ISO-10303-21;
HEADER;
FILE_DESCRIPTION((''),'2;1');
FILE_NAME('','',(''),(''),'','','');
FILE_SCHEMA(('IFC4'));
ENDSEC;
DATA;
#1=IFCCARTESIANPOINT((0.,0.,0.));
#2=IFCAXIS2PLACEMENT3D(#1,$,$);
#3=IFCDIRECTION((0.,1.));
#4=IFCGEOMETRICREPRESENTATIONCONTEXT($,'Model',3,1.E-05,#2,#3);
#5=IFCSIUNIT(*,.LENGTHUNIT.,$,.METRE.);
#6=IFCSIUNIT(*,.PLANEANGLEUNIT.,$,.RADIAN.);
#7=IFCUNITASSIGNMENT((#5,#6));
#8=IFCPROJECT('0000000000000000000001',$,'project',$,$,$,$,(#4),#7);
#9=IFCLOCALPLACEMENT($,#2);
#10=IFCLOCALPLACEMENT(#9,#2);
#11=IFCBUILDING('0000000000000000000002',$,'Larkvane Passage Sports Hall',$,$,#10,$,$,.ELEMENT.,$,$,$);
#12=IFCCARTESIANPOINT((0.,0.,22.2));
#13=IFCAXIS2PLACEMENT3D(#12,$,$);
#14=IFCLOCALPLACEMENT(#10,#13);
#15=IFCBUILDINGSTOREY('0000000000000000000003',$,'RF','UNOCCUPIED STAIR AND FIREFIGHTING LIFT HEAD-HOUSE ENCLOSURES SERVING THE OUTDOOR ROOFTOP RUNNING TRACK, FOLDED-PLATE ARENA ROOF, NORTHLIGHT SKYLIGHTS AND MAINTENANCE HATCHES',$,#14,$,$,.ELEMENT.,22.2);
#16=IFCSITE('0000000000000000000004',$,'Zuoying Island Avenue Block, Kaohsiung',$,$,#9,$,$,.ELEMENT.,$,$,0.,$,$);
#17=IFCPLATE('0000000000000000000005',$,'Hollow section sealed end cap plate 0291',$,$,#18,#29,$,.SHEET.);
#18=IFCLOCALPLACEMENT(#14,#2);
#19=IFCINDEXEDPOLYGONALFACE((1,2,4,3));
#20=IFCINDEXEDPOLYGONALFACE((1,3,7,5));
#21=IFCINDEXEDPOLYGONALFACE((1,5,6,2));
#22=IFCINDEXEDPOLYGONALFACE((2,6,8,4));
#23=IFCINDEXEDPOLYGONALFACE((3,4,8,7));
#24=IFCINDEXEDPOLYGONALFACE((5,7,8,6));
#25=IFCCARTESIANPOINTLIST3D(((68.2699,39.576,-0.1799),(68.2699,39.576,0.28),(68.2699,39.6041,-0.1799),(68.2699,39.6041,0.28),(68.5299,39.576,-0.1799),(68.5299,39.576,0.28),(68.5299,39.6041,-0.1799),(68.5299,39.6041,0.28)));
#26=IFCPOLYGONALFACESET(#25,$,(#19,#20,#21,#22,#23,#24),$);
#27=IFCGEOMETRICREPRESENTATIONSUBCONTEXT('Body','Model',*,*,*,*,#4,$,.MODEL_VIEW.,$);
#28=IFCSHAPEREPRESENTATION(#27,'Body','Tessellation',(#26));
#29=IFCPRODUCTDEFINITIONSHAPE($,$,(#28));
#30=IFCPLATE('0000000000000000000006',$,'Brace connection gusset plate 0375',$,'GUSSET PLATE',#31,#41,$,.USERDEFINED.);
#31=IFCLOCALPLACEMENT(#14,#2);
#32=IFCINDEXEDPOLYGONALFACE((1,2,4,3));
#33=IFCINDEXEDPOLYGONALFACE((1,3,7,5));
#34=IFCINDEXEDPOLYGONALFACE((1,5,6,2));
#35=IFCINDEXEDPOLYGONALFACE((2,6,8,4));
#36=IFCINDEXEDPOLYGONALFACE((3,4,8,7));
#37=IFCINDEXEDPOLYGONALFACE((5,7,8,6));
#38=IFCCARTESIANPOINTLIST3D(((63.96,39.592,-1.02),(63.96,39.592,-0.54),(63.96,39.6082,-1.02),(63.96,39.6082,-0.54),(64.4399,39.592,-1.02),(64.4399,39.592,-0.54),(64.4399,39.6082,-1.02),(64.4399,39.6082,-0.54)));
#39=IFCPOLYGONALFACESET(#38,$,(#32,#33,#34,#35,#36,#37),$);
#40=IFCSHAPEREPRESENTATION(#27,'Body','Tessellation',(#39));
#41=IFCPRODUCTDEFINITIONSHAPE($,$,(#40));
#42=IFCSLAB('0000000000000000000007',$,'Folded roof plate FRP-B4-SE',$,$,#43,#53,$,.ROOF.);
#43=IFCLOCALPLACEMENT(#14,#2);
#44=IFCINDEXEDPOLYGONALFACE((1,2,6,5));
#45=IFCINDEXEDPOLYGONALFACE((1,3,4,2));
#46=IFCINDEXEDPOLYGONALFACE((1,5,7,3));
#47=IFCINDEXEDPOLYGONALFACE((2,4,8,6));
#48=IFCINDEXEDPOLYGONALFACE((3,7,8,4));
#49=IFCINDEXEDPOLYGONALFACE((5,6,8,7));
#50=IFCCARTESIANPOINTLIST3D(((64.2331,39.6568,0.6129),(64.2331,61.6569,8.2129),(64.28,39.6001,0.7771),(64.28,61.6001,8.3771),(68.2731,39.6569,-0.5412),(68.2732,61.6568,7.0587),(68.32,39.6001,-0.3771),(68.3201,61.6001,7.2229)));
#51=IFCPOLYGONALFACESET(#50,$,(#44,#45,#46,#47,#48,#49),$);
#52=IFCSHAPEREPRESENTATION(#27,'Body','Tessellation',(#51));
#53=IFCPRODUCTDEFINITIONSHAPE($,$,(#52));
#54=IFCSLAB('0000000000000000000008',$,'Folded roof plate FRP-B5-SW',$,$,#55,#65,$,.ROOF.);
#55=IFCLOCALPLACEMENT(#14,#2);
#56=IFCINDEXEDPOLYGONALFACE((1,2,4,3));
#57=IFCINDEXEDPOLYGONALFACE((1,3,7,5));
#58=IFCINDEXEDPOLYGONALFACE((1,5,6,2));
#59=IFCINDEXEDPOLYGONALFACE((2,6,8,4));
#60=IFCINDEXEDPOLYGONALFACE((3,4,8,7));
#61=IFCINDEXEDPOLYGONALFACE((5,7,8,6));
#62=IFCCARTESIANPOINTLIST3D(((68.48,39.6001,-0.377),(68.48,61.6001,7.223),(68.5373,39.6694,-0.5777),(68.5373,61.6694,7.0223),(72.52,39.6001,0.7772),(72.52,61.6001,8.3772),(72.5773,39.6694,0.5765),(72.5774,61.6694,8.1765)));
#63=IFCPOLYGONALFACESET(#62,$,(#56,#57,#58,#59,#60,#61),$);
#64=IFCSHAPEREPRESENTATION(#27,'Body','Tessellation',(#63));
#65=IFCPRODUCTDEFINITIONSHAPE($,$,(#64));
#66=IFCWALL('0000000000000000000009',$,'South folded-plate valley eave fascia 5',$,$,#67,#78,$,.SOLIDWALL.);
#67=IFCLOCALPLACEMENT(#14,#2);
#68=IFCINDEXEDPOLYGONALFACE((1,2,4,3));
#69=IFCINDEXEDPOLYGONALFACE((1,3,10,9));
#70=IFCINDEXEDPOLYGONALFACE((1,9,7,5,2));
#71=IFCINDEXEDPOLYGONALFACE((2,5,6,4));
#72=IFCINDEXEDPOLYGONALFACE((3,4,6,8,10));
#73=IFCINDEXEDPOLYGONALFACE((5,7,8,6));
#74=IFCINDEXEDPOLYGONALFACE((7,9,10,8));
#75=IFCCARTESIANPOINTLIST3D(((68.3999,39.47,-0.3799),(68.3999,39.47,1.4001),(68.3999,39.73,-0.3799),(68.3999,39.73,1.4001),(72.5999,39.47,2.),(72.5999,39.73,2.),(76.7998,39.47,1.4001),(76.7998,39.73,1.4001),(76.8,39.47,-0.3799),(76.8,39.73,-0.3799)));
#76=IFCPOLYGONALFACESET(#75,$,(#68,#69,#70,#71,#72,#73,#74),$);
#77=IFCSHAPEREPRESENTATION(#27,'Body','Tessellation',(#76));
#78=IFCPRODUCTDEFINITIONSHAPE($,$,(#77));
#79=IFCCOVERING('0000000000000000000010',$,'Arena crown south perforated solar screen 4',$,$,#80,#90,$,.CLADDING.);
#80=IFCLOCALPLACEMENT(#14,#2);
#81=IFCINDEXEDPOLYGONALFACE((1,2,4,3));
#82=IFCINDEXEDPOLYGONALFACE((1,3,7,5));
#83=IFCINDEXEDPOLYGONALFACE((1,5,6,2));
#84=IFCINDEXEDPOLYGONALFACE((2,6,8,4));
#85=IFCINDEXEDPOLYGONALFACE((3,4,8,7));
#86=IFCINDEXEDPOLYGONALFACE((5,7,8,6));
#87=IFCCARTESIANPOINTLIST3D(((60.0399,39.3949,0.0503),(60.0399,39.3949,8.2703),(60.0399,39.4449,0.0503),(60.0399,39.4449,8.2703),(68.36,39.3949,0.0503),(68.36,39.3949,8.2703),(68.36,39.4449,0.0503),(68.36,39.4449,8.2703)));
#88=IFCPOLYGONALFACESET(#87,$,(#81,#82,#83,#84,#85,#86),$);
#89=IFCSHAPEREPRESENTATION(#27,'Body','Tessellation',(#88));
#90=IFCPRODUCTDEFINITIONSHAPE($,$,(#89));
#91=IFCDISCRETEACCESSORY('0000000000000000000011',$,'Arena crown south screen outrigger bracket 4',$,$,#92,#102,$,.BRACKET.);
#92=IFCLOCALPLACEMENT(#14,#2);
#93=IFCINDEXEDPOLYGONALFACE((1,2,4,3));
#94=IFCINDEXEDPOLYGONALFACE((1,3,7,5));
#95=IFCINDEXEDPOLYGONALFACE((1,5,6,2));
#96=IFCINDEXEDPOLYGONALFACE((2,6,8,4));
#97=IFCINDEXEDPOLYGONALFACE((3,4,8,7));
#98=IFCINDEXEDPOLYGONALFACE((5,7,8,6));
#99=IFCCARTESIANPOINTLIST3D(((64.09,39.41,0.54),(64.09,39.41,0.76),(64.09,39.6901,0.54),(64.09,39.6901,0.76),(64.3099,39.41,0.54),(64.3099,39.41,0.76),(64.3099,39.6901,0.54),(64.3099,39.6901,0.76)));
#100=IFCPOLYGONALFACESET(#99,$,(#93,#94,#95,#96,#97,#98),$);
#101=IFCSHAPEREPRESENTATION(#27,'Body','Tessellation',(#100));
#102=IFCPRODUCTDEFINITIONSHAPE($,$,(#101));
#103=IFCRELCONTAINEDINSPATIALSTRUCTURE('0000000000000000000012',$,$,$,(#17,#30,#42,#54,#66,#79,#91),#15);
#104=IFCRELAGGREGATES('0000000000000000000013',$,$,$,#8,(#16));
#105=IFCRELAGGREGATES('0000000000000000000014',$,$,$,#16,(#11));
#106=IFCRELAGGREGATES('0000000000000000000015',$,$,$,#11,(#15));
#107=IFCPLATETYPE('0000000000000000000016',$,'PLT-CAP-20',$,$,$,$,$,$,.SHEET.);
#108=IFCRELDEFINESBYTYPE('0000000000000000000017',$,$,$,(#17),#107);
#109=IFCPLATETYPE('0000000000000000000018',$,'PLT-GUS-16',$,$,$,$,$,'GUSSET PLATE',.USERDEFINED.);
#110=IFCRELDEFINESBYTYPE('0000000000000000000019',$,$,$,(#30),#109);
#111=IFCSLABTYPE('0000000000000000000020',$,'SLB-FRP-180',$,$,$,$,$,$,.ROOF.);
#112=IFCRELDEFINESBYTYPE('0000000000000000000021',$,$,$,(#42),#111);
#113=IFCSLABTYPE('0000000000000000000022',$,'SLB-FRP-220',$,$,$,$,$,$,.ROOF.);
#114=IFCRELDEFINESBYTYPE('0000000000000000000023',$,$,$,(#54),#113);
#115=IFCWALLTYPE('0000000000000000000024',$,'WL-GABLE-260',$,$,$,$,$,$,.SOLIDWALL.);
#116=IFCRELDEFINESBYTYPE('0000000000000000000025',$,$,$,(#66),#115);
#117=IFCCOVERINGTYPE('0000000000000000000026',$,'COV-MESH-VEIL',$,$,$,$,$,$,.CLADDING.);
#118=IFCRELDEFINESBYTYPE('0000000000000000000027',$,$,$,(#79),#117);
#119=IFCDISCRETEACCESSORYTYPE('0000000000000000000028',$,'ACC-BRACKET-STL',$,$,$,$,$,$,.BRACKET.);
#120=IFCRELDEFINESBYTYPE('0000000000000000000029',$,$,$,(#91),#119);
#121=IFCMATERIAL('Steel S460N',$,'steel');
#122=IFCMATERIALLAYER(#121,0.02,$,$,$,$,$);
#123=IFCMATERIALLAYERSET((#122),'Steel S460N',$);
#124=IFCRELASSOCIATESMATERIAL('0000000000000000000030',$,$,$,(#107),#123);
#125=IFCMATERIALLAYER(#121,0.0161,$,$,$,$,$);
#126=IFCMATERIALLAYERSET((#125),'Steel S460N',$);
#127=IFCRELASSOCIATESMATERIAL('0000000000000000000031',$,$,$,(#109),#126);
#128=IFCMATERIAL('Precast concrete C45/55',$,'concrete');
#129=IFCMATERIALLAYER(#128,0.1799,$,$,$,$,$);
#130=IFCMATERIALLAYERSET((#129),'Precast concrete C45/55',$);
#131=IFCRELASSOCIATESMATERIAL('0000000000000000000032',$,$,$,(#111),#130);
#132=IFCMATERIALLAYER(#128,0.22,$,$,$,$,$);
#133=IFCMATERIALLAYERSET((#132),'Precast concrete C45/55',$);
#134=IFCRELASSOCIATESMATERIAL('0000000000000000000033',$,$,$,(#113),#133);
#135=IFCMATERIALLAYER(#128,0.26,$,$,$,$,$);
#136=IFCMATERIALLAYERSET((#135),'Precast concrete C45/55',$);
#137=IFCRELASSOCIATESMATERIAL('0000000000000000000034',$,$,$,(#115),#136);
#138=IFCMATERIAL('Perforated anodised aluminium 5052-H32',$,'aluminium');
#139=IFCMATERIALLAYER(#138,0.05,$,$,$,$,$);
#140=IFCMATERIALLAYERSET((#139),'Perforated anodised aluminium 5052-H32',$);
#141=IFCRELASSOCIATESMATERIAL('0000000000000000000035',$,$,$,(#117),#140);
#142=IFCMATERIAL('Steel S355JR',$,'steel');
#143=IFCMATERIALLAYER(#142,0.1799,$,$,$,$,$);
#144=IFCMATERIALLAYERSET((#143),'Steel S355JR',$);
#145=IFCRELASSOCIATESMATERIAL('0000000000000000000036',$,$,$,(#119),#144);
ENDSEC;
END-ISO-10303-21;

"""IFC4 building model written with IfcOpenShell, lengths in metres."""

from ifc_helpers import new_model, si_unit, direction, frame, origin, origin_2d, place, context, subcontext, project, spatial, polyline, rectangle, outline, extrude, material, layer, layer_set, type_object, element, save


model = new_model("IFC4")

# Units and contexts
model_context = context("Model", 3, precision=1e-05, world=origin(), true_north=direction((0.0, 1.0)))
body_context = subcontext(model_context, "Body", "Model", "MODEL_VIEW")
ifc_project = project(units=[si_unit("LENGTHUNIT", "METRE"), si_unit("PLANEANGLEUNIT", "RADIAN")], contexts=[model_context])

# Site, building, storey
site_placement = place(None, origin())
site = spatial("IfcSite", under=ifc_project, at=site_placement, Name="Zuoying Island Avenue Block, Kaohsiung", CompositionType="ELEMENT", RefElevation=0.0)
building_placement = place(site_placement, origin())
building = spatial("IfcBuilding", under=site, at=building_placement, Name="Larkvane Passage Sports Hall", CompositionType="ELEMENT")
storey_placement = place(building_placement, frame((0.0, 0.0, 22.2)))
storey = spatial("IfcBuildingStorey", under=building, at=storey_placement, Name="RF", Description="UNOCCUPIED STAIR AND FIREFIGHTING LIFT HEAD-HOUSE ENCLOSURES SERVING THE OUTDOOR ROOFTOP RUNNING TRACK, FOLDED-PLATE ARENA ROOF, NORTHLIGHT SKYLIGHTS AND MAINTENANCE HATCHES", CompositionType="ELEMENT", Elevation=22.2)

# Shared definitions
ifc_material_1 = material(Name="Steel S355JR", Category="steel")

# Shared definitions
ifc_material_2 = material(Name="Steel S460N", Category="steel")

# Plates
ifc_layer_1 = layer(ifc_material_2, 0.02)
ifc_layer_set_1 = layer_set([ifc_layer_1], Name="Steel S460N")
plate_type_1 = type_object("IfcPlateType", Name="PLT-CAP-20", PredefinedType="SHEET", material=ifc_layer_set_1)
plate_1_placement = place(storey_placement, frame((68.3999, 39.5901, -0.1799), z_axis=(0.0, 0.0, 1.0), x_axis=(-1.0, 0.0, 0.0)))
element("IfcPlate", 1, at=plate_1_placement, inside=storey, type_object=plate_type_1, Name="Hollow section sealed end cap plate 0291", PredefinedType="SHEET", context=body_context, shape_type="SweptSolid", body=[
    extrude(rectangle(XDim=0.26, YDim=0.0281, at=origin_2d()), origin(), (0.0, 0.0, 1.0), 0.46),
])
ifc_layer_2 = layer(ifc_material_2, 0.0161)
ifc_layer_set_2 = layer_set([ifc_layer_2], Name="Steel S460N")
plate_type_2 = type_object("IfcPlateType", Name="PLT-GUS-16", ElementType="GUSSET PLATE", PredefinedType="USERDEFINED", material=ifc_layer_set_2)
plate_2_placement = place(storey_placement, frame((64.2, 39.6001, -1.02), z_axis=(0.0, 0.0, 1.0), x_axis=(1.0, 0.0, 0.0)))
element("IfcPlate", 2, at=plate_2_placement, inside=storey, type_object=plate_type_2, Name="Brace connection gusset plate 0375", ObjectType="GUSSET PLATE", PredefinedType="USERDEFINED", context=body_context, shape_type="SweptSolid", body=[
    extrude(rectangle(XDim=0.48, YDim=0.0161, at=origin_2d()), origin(), (0.0, 0.0, 1.0), 0.48),
])

# Slabs
ifc_material_3 = material(Name="Precast concrete C45/55", Category="concrete")
ifc_layer_3 = layer(ifc_material_3, 0.1799)
ifc_layer_set_3 = layer_set([ifc_layer_3], Name="Precast concrete C45/55")
slab_type_1 = type_object("IfcSlabType", Name="SLB-FRP-180", PredefinedType="ROOF", material=ifc_layer_set_3)
slab_1_placement = place(storey_placement, frame((64.28, 39.6001, 0.7771), z_axis=(0.260689, -0.315229, 0.912508), x_axis=(0.961532, 0.000008, -0.274692)))
element("IfcSlab", 3, at=slab_1_placement, inside=storey, type_object=slab_type_1, Name="Folded roof plate FRP-B4-SE", PredefinedType="ROOF", context=body_context, shape_type="SweptSolid", body=[
    extrude(outline(polyline([(0.0, 0.0), (4.2016, 0.0), (2.1142, 23.1819), (-2.0875, 23.182), (0.0, 0.0)])), origin(), (0.0, 0.0, -1.0), 0.1799),
])
ifc_layer_4 = layer(ifc_material_3, 0.22)
ifc_layer_set_4 = layer_set([ifc_layer_4], Name="Precast concrete C45/55")
slab_type_2 = type_object("IfcSlabType", Name="SLB-FRP-220", PredefinedType="ROOF", material=ifc_layer_set_4)
slab_2_placement = place(storey_placement, frame((68.48, 39.6001, -0.377), z_axis=(-0.260689, -0.315229, 0.912508), x_axis=(0.961532, -0.000008, 0.274692)))
element("IfcSlab", 4, at=slab_2_placement, inside=storey, type_object=slab_type_2, Name="Folded roof plate FRP-B5-SW", PredefinedType="ROOF", context=body_context, shape_type="SweptSolid", body=[
    extrude(outline(polyline([(0.0, 0.0), (4.2016, 0.0), (6.2891, 23.182), (2.0874, 23.1819), (0.0, 0.0)])), origin(), (0.0, 0.0, -1.0), 0.22),
])

# Wall
ifc_layer_5 = layer(ifc_material_3, 0.26)
ifc_layer_set_5 = layer_set([ifc_layer_5], Name="Precast concrete C45/55")
wall_type = type_object("IfcWallType", Name="WL-GABLE-260", PredefinedType="SOLIDWALL", material=ifc_layer_set_5)
wall_placement = place(storey_placement, frame((68.3999, 39.6001, -0.3799), z_axis=(0.0, 0.0, 1.0), x_axis=(1.0, 0.0, 0.0)))
element("IfcWall", 5, at=wall_placement, inside=storey, type_object=wall_type, Name="South folded-plate valley eave fascia 5", PredefinedType="SOLIDWALL", context=body_context, shape_type="SweptSolid", body=[
    extrude(outline(polyline([(0.0, 0.0), (8.4001, 0.0), (8.3999, 1.78), (4.2, 2.3799), (0.0, 1.78), (0.0, 0.0)])), frame((0.0, 0.1299, 0.0), z_axis=(0.0, -1.0, 0.0), x_axis=(1.0, 0.0, 0.0)), (0.0, 0.0, 1.0), 0.26),
])

# Covering
ifc_material_4 = material(Name="Perforated anodised aluminium 5052-H32", Category="aluminium")
ifc_layer_6 = layer(ifc_material_4, 0.05)
ifc_layer_set_6 = layer_set([ifc_layer_6], Name="Perforated anodised aluminium 5052-H32")
covering_type = type_object("IfcCoveringType", Name="COV-MESH-VEIL", PredefinedType="CLADDING", material=ifc_layer_set_6)
covering_placement = place(storey_placement, frame((64.2, 39.4199, 0.0503), z_axis=(0.0, 0.0, 1.0), x_axis=(1.0, 0.0, 0.0)))
element("IfcCovering", 6, at=covering_placement, inside=storey, type_object=covering_type, Name="Arena crown south perforated solar screen 4", PredefinedType="CLADDING", context=body_context, shape_type="SweptSolid", body=[
    extrude(rectangle(XDim=8.3201, YDim=0.05, at=origin_2d()), origin(), (0.0, 0.0, 1.0), 8.22),
])

# Discrete accessory
ifc_layer_7 = layer(ifc_material_1, 0.1799)
ifc_layer_set_7 = layer_set([ifc_layer_7], Name="Steel S355JR")
discrete_accessory_type = type_object("IfcDiscreteAccessoryType", Name="ACC-BRACKET-STL", PredefinedType="BRACKET", material=ifc_layer_set_7)
discrete_accessory_placement = place(storey_placement, frame((64.2, 39.55, 0.54), z_axis=(0.0, 0.0, 1.0), x_axis=(1.0, 0.0, 0.0)))
element("IfcDiscreteAccessory", 7, at=discrete_accessory_placement, inside=storey, type_object=discrete_accessory_type, Name="Arena crown south screen outrigger bracket 4", PredefinedType="BRACKET", context=body_context, shape_type="SweptSolid", body=[
    extrude(rectangle(XDim=0.22, YDim=0.28, at=origin_2d()), origin(), (0.0, 0.0, 1.0), 0.22),
])

save(model, "model.ifc")
